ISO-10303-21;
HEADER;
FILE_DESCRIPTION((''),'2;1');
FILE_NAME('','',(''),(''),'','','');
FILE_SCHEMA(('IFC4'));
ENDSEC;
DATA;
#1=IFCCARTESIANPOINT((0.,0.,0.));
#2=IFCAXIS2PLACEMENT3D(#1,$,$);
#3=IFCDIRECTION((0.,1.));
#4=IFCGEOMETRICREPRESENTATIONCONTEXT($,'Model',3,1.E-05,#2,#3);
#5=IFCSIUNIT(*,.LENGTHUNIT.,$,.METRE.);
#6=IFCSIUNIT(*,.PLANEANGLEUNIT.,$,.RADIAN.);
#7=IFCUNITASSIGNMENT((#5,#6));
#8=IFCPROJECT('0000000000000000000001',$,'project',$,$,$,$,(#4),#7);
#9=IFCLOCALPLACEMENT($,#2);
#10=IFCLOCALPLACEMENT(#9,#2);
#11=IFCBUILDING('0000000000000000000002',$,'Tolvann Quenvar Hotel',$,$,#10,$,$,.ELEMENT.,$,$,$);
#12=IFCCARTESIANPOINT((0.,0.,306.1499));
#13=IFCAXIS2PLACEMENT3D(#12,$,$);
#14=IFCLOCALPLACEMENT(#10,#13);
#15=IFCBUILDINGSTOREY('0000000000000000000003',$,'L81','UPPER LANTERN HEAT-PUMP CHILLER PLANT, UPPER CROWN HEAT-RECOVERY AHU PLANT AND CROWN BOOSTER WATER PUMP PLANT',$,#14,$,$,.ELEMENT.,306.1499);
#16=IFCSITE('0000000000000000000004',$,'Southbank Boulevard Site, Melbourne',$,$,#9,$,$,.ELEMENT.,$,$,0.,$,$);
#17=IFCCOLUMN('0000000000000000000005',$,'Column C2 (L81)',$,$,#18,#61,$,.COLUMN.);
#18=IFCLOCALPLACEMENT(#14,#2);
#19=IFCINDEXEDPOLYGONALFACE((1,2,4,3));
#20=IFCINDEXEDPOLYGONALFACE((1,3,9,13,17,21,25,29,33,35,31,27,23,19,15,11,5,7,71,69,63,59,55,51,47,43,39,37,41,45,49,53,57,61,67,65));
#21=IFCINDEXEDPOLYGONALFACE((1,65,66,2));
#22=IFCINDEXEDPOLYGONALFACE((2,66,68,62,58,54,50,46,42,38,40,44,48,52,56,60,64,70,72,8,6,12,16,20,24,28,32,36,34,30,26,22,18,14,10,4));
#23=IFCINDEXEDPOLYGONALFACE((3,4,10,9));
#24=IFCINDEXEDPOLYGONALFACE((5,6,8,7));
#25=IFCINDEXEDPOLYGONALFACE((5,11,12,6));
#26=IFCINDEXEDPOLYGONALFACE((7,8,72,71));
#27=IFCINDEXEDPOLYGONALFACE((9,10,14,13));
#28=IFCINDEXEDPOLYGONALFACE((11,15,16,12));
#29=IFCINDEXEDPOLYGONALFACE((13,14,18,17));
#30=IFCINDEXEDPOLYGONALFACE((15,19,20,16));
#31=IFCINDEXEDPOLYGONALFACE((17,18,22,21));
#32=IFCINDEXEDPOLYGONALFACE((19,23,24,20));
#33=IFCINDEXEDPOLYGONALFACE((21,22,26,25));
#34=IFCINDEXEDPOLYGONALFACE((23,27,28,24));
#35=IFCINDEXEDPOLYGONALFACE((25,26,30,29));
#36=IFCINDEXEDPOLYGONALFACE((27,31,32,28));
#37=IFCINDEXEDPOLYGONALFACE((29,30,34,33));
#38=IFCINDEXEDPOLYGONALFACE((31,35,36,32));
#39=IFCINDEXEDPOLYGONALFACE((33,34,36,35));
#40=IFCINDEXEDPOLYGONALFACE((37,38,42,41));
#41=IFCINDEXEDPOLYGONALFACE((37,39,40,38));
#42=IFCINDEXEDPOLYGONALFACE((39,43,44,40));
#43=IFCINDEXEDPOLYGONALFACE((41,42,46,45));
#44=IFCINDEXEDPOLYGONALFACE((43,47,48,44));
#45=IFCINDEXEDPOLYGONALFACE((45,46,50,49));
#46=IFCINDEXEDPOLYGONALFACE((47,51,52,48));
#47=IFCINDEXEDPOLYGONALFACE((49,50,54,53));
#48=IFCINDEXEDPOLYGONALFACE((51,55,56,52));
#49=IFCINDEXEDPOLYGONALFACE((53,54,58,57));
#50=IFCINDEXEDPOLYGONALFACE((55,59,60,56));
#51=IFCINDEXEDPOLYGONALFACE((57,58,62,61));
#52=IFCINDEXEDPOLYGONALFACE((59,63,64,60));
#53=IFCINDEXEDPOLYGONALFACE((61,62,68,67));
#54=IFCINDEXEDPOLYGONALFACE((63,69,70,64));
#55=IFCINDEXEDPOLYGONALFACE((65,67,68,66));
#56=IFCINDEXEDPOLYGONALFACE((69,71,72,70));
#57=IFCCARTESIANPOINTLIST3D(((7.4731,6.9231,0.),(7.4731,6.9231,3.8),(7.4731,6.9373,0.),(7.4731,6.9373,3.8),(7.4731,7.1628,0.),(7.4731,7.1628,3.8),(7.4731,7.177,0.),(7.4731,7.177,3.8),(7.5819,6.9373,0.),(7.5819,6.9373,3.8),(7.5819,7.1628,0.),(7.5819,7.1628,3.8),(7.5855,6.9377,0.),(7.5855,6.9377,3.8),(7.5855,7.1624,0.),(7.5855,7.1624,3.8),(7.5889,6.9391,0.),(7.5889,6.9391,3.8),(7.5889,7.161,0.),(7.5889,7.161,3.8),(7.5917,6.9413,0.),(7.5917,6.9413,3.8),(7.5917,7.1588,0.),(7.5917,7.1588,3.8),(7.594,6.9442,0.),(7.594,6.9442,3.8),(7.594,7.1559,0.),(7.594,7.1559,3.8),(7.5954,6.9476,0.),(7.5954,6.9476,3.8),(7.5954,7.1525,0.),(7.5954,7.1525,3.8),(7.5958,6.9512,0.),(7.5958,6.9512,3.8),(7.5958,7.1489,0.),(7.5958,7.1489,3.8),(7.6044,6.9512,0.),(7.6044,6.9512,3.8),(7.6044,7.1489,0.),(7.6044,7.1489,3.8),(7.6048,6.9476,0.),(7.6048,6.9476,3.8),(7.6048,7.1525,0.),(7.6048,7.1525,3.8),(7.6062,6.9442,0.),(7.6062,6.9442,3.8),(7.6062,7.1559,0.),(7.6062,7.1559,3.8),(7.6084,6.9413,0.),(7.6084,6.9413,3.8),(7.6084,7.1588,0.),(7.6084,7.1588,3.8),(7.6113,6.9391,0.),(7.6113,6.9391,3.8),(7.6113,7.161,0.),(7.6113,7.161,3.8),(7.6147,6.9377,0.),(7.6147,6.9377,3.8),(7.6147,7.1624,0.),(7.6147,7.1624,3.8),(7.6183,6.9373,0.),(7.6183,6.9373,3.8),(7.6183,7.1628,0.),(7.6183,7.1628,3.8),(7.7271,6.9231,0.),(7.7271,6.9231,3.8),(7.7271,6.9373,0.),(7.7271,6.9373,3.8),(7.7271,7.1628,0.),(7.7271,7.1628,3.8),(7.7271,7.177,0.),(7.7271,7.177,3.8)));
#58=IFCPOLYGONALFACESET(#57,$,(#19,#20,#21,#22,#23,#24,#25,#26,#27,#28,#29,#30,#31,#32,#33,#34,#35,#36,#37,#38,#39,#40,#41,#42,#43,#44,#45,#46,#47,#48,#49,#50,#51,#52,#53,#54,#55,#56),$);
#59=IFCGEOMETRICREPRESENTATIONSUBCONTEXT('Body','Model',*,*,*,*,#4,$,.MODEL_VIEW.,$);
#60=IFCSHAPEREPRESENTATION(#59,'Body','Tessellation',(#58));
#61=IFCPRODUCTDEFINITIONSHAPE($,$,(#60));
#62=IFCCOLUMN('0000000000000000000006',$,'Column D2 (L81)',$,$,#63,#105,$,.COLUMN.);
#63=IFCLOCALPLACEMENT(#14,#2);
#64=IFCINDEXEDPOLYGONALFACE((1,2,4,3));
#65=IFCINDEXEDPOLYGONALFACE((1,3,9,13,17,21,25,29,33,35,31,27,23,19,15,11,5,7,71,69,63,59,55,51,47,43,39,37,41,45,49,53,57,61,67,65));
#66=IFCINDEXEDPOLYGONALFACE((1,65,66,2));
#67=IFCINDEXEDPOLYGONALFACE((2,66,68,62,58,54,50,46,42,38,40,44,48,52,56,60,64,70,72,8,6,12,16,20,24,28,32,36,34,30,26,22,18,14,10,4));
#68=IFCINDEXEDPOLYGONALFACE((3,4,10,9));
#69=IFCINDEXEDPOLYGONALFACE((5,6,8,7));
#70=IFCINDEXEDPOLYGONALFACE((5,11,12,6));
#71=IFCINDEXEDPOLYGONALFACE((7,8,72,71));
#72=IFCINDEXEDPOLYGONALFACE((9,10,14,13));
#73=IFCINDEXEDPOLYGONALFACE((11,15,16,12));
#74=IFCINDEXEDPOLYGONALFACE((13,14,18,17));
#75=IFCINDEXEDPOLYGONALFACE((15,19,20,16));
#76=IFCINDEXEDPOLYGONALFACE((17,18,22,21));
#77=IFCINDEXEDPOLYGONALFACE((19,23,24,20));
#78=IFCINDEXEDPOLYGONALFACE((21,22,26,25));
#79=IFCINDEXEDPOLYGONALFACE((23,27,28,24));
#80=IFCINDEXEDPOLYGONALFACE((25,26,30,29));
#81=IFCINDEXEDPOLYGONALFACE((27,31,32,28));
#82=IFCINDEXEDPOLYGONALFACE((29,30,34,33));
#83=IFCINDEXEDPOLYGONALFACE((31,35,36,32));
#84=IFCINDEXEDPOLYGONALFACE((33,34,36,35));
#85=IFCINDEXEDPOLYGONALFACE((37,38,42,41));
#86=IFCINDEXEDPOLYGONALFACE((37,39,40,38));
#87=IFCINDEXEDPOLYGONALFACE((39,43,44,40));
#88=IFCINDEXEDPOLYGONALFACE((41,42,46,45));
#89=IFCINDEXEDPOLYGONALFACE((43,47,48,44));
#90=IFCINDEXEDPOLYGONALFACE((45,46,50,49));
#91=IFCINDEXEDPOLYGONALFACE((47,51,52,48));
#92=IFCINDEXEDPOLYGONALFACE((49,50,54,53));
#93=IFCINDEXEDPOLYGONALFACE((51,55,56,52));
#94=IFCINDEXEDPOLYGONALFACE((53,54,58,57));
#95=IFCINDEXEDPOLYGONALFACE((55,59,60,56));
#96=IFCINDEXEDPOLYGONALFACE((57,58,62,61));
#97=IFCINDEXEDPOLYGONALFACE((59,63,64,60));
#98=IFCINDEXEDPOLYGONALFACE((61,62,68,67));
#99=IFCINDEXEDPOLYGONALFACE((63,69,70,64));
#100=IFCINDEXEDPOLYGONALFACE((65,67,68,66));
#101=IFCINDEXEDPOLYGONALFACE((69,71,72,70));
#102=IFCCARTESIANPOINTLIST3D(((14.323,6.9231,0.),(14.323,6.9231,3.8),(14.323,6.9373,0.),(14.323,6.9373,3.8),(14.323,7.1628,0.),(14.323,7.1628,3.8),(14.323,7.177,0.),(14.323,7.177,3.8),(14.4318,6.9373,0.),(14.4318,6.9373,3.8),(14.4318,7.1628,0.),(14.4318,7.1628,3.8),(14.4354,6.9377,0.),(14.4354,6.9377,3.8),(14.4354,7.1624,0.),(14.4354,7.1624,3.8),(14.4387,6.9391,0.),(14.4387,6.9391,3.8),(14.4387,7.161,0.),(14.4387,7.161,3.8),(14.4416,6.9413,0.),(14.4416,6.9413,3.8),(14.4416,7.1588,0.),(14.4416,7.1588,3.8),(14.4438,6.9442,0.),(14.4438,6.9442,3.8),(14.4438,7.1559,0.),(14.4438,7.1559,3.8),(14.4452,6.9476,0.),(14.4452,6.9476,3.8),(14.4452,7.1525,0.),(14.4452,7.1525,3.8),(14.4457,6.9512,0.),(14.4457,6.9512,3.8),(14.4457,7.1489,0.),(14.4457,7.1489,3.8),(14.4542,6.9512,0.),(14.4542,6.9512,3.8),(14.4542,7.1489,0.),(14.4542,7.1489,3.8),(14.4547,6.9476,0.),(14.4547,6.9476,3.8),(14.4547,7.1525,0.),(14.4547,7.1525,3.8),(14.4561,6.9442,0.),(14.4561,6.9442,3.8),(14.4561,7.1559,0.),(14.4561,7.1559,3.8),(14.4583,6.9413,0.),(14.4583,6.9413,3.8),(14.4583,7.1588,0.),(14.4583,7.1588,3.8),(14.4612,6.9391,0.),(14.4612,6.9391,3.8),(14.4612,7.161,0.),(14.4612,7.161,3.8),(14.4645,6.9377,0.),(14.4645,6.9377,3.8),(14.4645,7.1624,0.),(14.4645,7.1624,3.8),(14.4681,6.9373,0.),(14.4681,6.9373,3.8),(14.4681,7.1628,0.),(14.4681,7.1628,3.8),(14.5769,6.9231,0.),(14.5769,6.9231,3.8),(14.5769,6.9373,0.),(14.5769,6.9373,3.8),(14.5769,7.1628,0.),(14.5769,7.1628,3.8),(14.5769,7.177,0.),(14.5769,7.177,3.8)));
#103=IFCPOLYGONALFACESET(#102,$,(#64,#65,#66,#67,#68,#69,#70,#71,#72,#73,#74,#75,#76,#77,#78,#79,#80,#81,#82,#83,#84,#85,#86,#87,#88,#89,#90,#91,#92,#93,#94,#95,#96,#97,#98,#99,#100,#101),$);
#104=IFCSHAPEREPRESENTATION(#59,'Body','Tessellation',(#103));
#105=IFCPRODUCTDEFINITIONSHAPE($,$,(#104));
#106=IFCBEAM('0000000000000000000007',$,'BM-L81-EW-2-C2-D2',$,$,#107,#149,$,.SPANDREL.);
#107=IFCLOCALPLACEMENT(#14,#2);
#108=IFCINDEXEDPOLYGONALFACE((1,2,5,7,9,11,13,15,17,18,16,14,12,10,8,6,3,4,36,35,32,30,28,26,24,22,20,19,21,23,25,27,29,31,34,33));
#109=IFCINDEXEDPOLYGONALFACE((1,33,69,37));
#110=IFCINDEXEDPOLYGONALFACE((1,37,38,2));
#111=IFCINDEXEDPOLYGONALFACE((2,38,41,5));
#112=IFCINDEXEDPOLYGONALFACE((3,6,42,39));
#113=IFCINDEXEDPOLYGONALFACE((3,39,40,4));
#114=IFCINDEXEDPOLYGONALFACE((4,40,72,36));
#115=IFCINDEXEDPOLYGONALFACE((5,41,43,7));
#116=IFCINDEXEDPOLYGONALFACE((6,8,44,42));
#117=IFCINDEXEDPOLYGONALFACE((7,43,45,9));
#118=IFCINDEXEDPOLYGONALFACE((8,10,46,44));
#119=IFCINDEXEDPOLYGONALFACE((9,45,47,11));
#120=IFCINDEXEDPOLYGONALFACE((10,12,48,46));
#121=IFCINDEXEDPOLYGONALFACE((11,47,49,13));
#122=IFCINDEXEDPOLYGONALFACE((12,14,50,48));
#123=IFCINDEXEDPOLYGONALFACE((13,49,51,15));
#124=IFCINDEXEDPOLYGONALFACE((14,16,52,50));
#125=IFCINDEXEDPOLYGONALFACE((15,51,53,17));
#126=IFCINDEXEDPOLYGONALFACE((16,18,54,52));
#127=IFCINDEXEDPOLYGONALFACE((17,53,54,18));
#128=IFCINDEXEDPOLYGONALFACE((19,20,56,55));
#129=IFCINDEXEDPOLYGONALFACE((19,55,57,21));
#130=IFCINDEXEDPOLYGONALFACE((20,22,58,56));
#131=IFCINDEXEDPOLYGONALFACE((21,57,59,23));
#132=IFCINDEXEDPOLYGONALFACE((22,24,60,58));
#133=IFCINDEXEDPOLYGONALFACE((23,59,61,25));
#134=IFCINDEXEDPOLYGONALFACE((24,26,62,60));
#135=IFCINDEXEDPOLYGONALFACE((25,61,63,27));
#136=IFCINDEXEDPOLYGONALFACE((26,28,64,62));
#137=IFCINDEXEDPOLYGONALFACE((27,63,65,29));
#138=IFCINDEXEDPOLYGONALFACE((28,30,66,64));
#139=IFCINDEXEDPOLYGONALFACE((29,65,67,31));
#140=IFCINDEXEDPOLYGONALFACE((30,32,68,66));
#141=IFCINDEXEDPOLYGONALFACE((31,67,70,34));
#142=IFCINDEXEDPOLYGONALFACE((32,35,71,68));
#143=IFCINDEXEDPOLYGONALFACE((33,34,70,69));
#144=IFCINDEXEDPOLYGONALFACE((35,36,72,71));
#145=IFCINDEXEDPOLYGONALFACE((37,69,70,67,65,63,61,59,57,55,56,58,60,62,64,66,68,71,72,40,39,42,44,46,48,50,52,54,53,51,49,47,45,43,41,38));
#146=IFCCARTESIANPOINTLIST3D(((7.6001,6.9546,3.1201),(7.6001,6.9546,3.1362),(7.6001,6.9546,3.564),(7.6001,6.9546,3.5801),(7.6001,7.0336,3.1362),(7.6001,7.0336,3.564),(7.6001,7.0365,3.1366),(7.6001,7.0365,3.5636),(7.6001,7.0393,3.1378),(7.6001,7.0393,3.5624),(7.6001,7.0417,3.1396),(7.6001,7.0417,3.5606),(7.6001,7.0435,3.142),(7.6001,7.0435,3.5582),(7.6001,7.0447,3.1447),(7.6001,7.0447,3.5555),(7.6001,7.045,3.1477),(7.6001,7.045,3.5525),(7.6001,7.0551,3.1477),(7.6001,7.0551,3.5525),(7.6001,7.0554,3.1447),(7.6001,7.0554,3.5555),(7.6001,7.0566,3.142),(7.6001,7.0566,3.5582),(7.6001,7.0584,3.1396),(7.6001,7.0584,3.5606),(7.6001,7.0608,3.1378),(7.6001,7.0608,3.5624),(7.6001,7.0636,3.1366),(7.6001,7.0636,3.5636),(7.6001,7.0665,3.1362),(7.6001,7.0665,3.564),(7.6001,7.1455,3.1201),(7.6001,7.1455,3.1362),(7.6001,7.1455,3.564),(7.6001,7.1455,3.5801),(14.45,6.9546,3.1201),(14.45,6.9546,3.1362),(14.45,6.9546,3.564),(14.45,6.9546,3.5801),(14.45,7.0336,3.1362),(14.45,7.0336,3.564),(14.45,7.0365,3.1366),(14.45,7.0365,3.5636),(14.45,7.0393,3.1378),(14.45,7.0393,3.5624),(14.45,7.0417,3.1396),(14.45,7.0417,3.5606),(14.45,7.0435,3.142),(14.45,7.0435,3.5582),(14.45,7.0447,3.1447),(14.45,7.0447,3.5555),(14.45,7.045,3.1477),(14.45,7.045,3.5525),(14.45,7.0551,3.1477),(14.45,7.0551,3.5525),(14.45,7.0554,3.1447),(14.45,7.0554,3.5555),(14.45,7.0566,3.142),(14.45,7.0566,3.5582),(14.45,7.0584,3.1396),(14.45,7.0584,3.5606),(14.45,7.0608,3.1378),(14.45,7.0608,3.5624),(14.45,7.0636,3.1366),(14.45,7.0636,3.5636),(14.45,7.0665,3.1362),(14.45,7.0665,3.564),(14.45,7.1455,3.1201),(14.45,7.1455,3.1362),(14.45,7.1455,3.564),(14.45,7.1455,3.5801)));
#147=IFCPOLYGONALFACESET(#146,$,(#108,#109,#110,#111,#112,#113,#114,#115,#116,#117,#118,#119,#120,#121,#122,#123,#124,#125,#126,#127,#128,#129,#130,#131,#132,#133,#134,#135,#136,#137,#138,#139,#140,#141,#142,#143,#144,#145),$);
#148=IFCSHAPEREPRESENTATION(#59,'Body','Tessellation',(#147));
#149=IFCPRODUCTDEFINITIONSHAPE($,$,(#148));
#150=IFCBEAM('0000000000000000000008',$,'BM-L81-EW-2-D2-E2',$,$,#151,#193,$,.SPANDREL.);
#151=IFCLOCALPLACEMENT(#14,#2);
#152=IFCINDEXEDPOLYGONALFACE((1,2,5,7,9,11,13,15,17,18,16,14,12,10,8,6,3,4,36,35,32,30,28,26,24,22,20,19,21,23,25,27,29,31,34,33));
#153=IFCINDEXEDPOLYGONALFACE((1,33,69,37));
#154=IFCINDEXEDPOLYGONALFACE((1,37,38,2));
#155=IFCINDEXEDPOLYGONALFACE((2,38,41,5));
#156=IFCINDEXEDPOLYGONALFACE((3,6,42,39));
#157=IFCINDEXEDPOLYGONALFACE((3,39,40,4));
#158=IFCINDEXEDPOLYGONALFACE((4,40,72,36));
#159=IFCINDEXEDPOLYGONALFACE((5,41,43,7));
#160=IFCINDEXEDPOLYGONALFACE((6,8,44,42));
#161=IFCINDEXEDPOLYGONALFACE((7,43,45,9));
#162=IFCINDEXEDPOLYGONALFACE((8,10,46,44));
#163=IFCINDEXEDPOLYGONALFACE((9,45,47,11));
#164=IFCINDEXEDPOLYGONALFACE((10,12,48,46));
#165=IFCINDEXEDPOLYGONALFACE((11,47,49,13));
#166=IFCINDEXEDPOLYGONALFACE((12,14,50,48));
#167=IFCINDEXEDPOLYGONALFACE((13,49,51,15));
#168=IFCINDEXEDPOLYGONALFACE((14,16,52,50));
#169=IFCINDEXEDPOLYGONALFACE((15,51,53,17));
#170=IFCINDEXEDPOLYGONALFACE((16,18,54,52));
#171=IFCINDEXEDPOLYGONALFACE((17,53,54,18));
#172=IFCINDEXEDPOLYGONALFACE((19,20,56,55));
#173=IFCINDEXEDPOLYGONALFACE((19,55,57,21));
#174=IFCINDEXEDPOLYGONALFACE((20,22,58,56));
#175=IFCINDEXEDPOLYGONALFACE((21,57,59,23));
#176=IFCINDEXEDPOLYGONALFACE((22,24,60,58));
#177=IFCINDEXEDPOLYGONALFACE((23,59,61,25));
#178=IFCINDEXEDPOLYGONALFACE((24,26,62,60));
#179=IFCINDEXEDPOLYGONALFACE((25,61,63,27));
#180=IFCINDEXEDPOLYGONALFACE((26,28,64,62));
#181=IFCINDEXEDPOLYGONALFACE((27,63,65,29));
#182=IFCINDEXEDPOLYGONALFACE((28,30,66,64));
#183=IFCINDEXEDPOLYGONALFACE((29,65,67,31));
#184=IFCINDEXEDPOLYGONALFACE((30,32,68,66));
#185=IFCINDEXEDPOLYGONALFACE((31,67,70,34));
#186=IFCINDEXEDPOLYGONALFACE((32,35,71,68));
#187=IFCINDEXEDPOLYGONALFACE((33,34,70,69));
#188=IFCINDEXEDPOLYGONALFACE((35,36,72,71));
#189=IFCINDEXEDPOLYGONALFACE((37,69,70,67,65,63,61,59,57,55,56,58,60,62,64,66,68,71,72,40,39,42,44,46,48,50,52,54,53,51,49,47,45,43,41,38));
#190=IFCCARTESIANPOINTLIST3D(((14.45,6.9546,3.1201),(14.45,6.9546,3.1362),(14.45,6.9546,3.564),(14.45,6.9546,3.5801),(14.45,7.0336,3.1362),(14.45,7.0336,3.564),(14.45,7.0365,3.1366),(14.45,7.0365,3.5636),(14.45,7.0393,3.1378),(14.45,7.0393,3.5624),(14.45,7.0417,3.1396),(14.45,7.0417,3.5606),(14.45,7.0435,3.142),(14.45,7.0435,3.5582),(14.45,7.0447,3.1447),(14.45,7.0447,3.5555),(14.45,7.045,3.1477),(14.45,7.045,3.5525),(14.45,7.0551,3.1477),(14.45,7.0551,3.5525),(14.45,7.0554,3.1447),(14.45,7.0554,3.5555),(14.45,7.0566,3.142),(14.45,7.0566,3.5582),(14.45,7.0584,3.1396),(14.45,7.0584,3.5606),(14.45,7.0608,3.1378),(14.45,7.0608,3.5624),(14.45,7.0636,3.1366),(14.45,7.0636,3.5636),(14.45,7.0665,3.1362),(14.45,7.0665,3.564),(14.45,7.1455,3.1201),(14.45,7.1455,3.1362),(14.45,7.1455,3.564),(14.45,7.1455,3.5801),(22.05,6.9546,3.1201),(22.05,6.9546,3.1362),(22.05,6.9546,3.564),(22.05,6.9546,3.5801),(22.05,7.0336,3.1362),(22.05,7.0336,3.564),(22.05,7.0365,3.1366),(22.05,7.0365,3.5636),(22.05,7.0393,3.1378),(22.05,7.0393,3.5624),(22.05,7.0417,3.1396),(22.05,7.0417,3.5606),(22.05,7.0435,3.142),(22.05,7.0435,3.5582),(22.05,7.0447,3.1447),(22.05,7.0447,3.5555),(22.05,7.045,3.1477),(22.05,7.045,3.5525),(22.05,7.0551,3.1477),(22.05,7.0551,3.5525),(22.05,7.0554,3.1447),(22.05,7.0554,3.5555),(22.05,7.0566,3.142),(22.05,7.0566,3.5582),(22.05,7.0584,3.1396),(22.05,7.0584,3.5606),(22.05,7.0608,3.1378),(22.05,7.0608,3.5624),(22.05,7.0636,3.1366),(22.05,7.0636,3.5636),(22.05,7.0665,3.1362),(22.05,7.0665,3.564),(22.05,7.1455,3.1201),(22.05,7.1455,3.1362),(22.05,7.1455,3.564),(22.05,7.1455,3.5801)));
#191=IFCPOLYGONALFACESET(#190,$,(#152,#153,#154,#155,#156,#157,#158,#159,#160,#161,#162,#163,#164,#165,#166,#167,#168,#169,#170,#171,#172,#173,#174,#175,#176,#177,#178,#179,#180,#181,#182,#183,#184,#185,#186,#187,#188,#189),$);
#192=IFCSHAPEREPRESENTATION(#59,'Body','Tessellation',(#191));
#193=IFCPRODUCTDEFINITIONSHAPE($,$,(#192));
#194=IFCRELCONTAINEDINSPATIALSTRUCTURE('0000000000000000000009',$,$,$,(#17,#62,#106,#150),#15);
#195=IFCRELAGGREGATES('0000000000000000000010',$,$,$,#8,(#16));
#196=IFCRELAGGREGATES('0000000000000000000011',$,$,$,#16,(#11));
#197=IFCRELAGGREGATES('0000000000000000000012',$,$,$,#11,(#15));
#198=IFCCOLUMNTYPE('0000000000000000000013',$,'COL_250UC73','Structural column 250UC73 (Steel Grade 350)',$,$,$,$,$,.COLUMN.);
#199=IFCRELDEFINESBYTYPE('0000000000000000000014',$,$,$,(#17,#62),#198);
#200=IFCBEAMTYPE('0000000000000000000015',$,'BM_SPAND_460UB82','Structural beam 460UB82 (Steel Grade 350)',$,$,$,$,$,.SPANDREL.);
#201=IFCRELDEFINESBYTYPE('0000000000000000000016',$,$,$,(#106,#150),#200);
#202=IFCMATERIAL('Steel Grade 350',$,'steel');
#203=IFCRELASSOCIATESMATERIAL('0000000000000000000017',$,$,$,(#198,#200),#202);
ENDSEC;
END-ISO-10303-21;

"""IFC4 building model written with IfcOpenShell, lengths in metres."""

from ifc_helpers import new_model, si_unit, direction, frame, origin, origin_2d, place, context, subcontext, project, spatial, i_section, extrude, source, transform, mapped, material, material_profile, profile_set, type_object, type_shapes, element, save


model = new_model("IFC4")

# Units and contexts
model_context = context("Model", 3, precision=1e-05, world=origin(), true_north=direction((0.0, 1.0)))
body_context = subcontext(model_context, "Body", "Model", "MODEL_VIEW")
ifc_project = project(units=[si_unit("LENGTHUNIT", "METRE"), si_unit("PLANEANGLEUNIT", "RADIAN")], contexts=[model_context])

# Site, building, storey
site_placement = place(None, origin())
site = spatial("IfcSite", under=ifc_project, at=site_placement, Name="Southbank Boulevard Site, Melbourne", CompositionType="ELEMENT", RefElevation=0.0)
building_placement = place(site_placement, origin())
building = spatial("IfcBuilding", under=site, at=building_placement, Name="Tolvann Quenvar Hotel", CompositionType="ELEMENT")
storey_placement = place(building_placement, frame((0.0, 0.0, 306.1499)))
storey = spatial("IfcBuildingStorey", under=building, at=storey_placement, Name="L81", Description="UPPER LANTERN HEAT-PUMP CHILLER PLANT, UPPER CROWN HEAT-RECOVERY AHU PLANT AND CROWN BOOSTER WATER PUMP PLANT", CompositionType="ELEMENT", Elevation=306.1499)

# Columns
ifc_material_1 = material(Name="Steel Grade 350", Category="steel")
ifc_material_profile_1 = material_profile(ifc_material_1, i_section(OverallWidth=0.2539, OverallDepth=0.2539, WebThickness=0.0085, FlangeThickness=0.0142, FilletRadius=0.0139, at=origin_2d()), Name="250UC73")
ifc_profile_set_1 = profile_set([ifc_material_profile_1], Name="Steel Grade 350")
column_type = type_object("IfcColumnType", Name="COL_250UC73", Description="Structural column 250UC73 (Steel Grade 350)", PredefinedType="COLUMN", material=ifc_profile_set_1)
shared_shape_1 = source(origin(), body_context, "Body", "SweptSolid", [
    extrude(i_section(OverallWidth=0.2539, OverallDepth=0.2539, WebThickness=0.0085, FlangeThickness=0.0142, FilletRadius=0.0139, at=origin_2d()), origin(), (0.0, 0.0, 1.0), 3.8),
])
type_shapes(column_type, [shared_shape_1])
for number, where, z_axis, x_axis, name in (
    (1, (7.6001, 7.05, 0.0), (0.0, 0.0, 1.0), (1.0, 0.0, 0.0), "Column C2 (L81)"),
    (2, (14.45, 7.05, 0.0), (0.0, 0.0, 1.0), (1.0, 0.0, 0.0), "Column D2 (L81)"),
):
    element("IfcColumn", number, at=place(storey_placement, frame(where, z_axis=z_axis, x_axis=x_axis)), inside=storey, type_object=column_type, Name=name, PredefinedType="COLUMN", context=body_context, shape_type="MappedRepresentation", body=[
        mapped(shared_shape_1, transform((0.0, 0.0, 0.0), x_axis=(1.0, 0.0, 0.0), y_axis=(0.0, 1.0, 0.0), z_axis=(0.0, 0.0, 1.0), scale=1.0)),
    ])

# Beams
ifc_material_profile_2 = material_profile(ifc_material_1, i_section(OverallWidth=0.1909, OverallDepth=0.46, WebThickness=0.01, FlangeThickness=0.0161, FilletRadius=0.0115, at=origin_2d()), Name="460UB82")
ifc_profile_set_2 = profile_set([ifc_material_profile_2], Name="Steel Grade 350")
beam_type_1 = type_object("IfcBeamType", Name="BM_SPAND_460UB82", Description="Structural beam 460UB82 (Steel Grade 350)", PredefinedType="SPANDREL", material=ifc_profile_set_2)
shared_shape_2 = source(origin(), body_context, "Body", "SweptSolid", [
    extrude(i_section(OverallWidth=0.1909, OverallDepth=0.46, WebThickness=0.01, FlangeThickness=0.0161, FilletRadius=0.0115, at=origin_2d()), origin(), (0.0, 0.0, 1.0), 6.8499),
])
beam_1_placement = place(storey_placement, frame((7.6001, 7.05, 3.3501), z_axis=(1.0, 0.0, 0.0), x_axis=(0.0, 1.0, 0.0)))
element("IfcBeam", 3, at=beam_1_placement, inside=storey, type_object=beam_type_1, Name="BM-L81-EW-2-C2-D2", PredefinedType="SPANDREL", context=body_context, shape_type="MappedRepresentation", body=[
    mapped(shared_shape_2, transform((0.0, 0.0, 0.0), x_axis=(1.0, 0.0, 0.0), y_axis=(0.0, 1.0, 0.0), z_axis=(0.0, 0.0, 1.0), scale=1.0)),
])
shared_shape_3 = source(origin(), body_context, "Body", "SweptSolid", [
    extrude(i_section(OverallWidth=0.1909, OverallDepth=0.46, WebThickness=0.01, FlangeThickness=0.0161, FilletRadius=0.0115, at=origin_2d()), origin(), (0.0, 0.0, 1.0), 7.6001),
])
type_shapes(beam_type_1, [shared_shape_2, shared_shape_3])
beam_2_placement = place(storey_placement, frame((14.45, 7.05, 3.3501), z_axis=(1.0, 0.0, 0.0), x_axis=(0.0, 1.0, 0.0)))
element("IfcBeam", 4, at=beam_2_placement, inside=storey, type_object=beam_type_1, Name="BM-L81-EW-2-D2-E2", PredefinedType="SPANDREL", context=body_context, shape_type="MappedRepresentation", body=[
    mapped(shared_shape_3, transform((0.0, 0.0, 0.0), x_axis=(1.0, 0.0, 0.0), y_axis=(0.0, 1.0, 0.0), z_axis=(0.0, 0.0, 1.0), scale=1.0)),
])

save(model, "model.ifc")
